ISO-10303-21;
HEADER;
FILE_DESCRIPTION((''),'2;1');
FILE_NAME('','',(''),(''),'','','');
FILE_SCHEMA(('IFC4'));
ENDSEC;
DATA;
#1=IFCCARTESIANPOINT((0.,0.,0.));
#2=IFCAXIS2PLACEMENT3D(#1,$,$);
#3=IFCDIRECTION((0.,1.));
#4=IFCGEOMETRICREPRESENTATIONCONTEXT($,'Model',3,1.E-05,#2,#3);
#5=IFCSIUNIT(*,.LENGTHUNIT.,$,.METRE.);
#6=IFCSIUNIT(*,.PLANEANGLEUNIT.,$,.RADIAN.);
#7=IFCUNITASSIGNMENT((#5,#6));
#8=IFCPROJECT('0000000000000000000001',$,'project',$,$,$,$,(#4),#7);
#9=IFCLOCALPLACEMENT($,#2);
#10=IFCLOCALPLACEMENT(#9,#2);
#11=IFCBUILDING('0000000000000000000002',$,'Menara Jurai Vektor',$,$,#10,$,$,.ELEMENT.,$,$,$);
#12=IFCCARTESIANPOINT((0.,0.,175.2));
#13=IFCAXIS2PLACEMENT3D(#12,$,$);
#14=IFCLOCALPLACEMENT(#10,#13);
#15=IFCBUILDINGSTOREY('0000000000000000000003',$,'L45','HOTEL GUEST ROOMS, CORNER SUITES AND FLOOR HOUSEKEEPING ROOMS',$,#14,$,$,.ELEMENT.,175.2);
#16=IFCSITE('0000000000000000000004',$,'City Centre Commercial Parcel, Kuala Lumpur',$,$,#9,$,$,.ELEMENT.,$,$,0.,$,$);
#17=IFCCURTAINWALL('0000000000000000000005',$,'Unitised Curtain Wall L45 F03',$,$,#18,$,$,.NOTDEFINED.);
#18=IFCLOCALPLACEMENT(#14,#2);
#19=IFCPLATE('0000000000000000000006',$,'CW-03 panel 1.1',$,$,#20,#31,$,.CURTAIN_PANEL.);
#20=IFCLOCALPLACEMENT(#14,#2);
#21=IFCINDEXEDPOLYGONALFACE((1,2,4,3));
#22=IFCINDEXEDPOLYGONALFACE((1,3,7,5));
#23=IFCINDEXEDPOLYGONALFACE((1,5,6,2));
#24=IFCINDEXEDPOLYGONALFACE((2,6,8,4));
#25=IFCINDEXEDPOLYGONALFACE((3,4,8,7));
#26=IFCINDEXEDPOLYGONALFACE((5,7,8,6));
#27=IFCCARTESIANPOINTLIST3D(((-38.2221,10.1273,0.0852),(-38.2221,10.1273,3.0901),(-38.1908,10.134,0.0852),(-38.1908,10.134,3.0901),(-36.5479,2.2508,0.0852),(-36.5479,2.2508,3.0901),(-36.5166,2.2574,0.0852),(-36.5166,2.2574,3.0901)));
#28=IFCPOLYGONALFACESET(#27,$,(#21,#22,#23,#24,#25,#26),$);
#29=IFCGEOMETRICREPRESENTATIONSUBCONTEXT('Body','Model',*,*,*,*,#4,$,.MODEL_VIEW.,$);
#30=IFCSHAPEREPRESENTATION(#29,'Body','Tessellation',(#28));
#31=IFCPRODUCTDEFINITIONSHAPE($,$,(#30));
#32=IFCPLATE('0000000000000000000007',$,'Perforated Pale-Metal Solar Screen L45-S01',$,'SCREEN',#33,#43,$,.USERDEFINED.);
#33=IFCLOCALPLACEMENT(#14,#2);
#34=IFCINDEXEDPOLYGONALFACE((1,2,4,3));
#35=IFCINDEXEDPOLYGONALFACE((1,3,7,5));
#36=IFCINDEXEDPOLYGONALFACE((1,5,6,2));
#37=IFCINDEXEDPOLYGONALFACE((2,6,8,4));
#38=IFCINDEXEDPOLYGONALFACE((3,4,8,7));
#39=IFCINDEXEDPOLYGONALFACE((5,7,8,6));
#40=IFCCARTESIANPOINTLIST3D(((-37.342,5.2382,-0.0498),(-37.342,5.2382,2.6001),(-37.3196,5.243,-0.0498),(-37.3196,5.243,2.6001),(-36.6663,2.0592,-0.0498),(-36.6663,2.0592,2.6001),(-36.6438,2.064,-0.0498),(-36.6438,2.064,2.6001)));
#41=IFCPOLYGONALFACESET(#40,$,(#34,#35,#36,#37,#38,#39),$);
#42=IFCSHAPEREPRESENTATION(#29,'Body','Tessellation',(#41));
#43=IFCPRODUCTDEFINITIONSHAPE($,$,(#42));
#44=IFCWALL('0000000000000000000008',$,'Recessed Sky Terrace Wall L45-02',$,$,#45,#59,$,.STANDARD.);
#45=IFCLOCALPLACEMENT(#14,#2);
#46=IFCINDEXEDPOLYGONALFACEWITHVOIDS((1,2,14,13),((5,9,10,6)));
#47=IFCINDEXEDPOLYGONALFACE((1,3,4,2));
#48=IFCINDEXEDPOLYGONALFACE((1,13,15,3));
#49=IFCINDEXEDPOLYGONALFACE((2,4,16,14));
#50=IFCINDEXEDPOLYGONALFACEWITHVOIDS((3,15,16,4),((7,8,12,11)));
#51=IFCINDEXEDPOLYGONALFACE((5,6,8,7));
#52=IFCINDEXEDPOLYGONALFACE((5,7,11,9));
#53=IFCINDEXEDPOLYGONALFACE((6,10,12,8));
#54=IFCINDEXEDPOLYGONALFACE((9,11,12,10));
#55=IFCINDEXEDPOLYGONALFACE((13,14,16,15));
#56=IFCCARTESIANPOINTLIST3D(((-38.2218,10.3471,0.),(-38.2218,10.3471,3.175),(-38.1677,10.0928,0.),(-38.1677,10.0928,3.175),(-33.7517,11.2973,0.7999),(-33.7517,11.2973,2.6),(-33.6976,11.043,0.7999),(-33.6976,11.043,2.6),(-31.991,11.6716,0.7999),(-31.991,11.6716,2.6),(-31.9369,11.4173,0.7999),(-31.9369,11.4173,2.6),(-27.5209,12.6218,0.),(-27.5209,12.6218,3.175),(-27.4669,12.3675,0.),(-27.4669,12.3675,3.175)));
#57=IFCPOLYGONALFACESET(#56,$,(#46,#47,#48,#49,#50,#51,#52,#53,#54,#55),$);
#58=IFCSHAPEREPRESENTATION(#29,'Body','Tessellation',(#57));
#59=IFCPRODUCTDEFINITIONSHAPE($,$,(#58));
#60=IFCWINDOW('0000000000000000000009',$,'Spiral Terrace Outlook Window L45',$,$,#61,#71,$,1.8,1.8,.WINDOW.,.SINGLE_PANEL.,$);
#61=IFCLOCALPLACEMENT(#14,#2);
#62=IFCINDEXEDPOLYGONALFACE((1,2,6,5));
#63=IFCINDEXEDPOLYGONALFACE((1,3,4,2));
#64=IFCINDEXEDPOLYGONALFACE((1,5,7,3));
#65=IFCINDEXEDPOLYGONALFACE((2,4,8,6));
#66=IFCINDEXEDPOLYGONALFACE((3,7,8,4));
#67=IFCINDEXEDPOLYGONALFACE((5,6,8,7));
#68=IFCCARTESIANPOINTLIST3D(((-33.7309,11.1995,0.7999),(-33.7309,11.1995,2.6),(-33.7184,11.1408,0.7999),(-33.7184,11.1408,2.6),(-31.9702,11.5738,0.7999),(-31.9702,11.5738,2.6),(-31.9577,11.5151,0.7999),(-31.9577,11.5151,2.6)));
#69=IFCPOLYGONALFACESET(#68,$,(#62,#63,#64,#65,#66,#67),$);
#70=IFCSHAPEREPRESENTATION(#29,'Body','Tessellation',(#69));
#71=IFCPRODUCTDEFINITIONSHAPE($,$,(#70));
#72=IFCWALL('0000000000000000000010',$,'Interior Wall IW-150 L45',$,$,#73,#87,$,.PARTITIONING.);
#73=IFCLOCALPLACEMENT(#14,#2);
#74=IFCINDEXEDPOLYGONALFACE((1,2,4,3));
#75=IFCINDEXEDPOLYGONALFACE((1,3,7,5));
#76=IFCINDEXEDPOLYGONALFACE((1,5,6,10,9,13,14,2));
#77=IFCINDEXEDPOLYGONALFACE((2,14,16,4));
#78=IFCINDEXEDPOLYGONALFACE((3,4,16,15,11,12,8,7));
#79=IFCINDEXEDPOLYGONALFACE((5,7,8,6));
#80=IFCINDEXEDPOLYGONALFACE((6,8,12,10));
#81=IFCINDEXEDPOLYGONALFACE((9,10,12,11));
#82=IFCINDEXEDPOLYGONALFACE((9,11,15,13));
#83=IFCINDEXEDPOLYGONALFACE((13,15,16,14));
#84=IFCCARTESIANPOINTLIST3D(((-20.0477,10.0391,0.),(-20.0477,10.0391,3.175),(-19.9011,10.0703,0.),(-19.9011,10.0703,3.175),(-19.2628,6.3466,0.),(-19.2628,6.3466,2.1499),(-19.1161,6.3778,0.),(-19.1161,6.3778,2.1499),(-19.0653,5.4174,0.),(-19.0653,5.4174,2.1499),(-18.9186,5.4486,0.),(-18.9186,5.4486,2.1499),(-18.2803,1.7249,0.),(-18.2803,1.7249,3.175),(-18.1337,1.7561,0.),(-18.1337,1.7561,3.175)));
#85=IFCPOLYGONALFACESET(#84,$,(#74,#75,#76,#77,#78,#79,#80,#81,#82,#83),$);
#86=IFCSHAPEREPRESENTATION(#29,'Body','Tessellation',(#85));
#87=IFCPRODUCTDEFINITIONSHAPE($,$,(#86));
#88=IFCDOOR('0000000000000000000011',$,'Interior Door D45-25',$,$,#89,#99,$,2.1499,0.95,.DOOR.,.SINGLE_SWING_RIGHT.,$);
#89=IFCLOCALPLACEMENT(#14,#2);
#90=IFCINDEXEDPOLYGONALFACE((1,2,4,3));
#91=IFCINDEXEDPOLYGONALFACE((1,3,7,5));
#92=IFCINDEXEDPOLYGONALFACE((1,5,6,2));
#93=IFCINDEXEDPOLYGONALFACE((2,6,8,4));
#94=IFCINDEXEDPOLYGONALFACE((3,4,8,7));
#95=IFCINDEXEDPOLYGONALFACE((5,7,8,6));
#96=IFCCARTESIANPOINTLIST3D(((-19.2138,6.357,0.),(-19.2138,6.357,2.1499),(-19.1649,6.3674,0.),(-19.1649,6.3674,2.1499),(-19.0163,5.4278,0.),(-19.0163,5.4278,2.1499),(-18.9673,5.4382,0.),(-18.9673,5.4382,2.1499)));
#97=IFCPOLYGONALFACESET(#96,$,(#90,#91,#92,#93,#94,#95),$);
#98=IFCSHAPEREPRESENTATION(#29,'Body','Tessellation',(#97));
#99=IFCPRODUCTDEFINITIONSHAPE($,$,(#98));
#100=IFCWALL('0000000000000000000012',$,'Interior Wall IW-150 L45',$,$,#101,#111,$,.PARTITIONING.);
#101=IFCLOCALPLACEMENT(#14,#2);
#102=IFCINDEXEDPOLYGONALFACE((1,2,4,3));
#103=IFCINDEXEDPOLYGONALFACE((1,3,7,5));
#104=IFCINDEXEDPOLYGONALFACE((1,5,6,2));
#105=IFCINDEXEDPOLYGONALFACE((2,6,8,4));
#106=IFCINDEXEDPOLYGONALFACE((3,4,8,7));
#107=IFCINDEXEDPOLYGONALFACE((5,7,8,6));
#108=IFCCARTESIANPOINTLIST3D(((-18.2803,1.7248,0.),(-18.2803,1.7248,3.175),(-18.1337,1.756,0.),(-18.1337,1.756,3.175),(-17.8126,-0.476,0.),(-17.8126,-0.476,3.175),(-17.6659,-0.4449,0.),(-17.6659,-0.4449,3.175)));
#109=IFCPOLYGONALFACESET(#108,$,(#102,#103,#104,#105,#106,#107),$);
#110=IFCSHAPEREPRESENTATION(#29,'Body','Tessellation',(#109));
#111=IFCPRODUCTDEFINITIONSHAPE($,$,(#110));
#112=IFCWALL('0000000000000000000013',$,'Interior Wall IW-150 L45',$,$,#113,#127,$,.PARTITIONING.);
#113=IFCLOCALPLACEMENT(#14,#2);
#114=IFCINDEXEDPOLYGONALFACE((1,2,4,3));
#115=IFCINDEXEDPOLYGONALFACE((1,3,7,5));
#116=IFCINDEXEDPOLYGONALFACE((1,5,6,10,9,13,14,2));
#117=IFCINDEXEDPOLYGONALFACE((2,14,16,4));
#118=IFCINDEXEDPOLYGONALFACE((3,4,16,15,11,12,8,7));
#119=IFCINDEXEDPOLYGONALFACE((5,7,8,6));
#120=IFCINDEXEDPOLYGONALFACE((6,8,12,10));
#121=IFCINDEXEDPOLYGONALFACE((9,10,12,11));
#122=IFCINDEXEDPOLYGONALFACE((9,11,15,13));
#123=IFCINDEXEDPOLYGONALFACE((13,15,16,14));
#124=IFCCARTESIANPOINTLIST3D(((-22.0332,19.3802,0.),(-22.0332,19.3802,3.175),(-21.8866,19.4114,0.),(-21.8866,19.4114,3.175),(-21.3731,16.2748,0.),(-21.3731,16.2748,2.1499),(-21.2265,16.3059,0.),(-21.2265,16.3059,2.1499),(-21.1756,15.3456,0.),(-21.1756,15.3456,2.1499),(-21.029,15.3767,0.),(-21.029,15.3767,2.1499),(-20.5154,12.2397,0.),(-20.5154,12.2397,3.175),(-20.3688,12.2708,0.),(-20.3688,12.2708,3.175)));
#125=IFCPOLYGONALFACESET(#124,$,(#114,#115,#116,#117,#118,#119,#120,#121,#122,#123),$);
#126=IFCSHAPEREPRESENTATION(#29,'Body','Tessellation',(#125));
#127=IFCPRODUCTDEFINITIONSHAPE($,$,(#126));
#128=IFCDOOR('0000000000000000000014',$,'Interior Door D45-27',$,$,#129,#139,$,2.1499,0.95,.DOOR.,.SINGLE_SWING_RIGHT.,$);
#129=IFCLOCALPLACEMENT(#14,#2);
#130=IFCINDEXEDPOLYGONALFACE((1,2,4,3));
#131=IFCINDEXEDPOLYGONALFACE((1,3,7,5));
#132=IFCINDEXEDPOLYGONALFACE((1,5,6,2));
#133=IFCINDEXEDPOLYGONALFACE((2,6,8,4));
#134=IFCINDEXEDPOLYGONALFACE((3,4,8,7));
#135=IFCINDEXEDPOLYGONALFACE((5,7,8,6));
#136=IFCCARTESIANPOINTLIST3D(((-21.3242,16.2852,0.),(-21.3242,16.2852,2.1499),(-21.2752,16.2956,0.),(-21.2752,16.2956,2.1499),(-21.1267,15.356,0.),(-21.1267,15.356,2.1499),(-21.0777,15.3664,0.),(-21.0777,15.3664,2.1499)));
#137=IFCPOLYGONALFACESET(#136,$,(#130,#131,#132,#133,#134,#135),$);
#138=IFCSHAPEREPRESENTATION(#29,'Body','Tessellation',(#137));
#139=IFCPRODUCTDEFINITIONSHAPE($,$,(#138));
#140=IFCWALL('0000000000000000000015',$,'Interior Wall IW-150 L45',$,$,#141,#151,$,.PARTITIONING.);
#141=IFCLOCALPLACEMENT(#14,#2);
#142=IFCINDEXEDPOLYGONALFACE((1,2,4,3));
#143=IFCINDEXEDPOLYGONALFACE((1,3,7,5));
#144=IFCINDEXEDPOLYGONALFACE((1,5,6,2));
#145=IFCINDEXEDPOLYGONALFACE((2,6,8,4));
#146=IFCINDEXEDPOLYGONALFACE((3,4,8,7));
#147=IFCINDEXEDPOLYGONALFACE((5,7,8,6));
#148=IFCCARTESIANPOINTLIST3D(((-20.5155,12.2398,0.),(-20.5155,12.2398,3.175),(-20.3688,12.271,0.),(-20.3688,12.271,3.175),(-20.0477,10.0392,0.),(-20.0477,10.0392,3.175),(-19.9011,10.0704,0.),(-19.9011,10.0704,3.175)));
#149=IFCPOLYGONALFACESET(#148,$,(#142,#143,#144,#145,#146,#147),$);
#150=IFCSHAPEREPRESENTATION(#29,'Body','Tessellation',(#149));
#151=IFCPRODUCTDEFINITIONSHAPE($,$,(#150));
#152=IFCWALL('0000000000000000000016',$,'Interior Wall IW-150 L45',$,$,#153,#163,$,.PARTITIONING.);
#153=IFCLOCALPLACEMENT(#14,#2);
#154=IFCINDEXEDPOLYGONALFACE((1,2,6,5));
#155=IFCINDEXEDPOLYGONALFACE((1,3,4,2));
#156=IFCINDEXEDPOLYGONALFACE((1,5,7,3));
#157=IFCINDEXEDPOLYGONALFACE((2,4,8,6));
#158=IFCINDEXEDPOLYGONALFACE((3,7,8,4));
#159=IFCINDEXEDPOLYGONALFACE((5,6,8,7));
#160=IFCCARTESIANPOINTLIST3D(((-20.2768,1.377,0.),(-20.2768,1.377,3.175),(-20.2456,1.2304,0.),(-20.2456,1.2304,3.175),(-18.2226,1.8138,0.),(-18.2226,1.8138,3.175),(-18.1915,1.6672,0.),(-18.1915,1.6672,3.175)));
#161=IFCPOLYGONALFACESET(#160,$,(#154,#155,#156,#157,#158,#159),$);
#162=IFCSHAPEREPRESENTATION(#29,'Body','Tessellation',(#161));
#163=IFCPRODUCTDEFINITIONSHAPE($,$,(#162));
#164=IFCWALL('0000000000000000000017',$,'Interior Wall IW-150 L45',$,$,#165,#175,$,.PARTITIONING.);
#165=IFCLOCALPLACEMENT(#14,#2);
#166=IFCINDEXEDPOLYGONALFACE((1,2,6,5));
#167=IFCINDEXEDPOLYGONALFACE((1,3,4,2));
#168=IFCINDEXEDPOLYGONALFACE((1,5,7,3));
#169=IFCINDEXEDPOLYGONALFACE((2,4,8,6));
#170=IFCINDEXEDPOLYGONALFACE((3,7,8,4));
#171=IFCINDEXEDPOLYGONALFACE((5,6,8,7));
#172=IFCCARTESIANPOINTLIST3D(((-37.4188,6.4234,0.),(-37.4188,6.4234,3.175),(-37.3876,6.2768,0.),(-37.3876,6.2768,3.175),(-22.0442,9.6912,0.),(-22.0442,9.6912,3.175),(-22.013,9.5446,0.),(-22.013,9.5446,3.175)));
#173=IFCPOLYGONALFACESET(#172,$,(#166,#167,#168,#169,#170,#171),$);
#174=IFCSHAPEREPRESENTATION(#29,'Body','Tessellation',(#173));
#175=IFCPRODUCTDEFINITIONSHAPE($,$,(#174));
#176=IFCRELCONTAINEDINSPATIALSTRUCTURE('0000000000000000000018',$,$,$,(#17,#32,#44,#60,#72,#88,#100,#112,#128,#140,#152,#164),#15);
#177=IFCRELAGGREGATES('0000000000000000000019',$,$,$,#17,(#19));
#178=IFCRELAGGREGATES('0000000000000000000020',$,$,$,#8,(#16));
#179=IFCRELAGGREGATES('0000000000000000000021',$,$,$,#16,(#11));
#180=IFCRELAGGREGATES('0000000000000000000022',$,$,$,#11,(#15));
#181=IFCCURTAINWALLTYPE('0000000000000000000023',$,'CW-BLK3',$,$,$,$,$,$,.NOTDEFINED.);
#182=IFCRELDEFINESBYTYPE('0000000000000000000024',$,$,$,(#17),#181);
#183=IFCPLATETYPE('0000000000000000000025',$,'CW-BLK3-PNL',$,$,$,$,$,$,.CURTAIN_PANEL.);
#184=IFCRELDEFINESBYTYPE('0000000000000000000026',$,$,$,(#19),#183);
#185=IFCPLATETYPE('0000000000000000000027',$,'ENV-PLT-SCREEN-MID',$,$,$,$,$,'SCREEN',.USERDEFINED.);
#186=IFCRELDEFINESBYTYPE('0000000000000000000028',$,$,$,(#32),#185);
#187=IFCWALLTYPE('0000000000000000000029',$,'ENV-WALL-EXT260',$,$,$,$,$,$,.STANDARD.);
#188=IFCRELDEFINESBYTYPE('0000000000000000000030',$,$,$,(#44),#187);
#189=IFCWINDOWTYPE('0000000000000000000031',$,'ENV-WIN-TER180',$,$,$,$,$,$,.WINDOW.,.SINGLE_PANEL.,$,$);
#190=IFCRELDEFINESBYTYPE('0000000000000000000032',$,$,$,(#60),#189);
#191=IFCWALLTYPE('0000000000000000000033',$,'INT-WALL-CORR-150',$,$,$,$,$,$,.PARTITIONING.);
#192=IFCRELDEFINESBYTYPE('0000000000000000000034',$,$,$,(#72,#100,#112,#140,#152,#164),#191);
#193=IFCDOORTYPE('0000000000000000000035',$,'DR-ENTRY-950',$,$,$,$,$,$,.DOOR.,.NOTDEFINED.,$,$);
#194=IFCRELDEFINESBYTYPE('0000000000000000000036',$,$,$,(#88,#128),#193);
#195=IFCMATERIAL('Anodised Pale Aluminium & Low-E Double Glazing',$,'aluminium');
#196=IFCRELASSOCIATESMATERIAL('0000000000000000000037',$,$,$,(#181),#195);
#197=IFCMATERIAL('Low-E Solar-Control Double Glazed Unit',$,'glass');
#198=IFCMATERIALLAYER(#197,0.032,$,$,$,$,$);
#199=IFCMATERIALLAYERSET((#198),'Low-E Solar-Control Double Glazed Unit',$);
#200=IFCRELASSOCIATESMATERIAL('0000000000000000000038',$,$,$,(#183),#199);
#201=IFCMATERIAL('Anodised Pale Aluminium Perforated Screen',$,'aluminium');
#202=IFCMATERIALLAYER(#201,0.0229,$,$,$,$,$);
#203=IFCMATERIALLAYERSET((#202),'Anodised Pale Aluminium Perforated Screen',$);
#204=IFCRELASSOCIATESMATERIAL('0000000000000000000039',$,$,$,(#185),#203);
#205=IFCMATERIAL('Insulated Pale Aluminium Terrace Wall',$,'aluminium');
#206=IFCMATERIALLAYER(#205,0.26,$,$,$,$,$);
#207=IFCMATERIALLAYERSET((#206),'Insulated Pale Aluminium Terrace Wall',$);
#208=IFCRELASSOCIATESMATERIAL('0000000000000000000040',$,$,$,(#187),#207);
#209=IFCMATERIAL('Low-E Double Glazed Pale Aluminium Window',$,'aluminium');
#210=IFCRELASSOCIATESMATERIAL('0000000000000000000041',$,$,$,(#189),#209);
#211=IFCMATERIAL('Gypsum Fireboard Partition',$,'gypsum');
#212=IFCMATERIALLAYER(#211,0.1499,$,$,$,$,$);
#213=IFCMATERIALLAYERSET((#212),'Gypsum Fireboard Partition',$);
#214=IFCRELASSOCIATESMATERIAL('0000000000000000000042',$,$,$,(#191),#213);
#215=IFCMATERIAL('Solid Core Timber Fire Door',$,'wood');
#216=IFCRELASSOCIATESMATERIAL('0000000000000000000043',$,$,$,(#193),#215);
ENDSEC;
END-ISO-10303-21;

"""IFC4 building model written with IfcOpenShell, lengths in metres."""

from ifc_helpers import new_model, si_unit, direction, frame, frame_2d, origin, origin_2d, place, context, subcontext, project, spatial, rectangle, extrude, material, layer, layer_set, type_object, element, fill, aggregate, save


model = new_model("IFC4")

# Units and contexts
model_context = context("Model", 3, precision=1e-05, world=origin(), true_north=direction((0.0, 1.0)))
body_context = subcontext(model_context, "Body", "Model", "MODEL_VIEW")
ifc_project = project(units=[si_unit("LENGTHUNIT", "METRE"), si_unit("PLANEANGLEUNIT", "RADIAN")], contexts=[model_context])

# Site, building, storey
site_placement = place(None, origin())
site = spatial("IfcSite", under=ifc_project, at=site_placement, Name="City Centre Commercial Parcel, Kuala Lumpur", CompositionType="ELEMENT", RefElevation=0.0)
building_placement = place(site_placement, origin())
building = spatial("IfcBuilding", under=site, at=building_placement, Name="Menara Jurai Vektor", CompositionType="ELEMENT")
storey_placement = place(building_placement, frame((0.0, 0.0, 175.2)))
storey = spatial("IfcBuildingStorey", under=building, at=storey_placement, Name="L45", Description="HOTEL GUEST ROOMS, CORNER SUITES AND FLOOR HOUSEKEEPING ROOMS", CompositionType="ELEMENT", Elevation=175.2)

# Curtain wall
ifc_material_1 = material(Name="Anodised Pale Aluminium & Low-E Double Glazing", Category="aluminium")
curtain_wall_type = type_object("IfcCurtainWallType", Name="CW-BLK3", PredefinedType="NOTDEFINED", material=ifc_material_1)
curtain_wall_placement = place(storey_placement, origin())
curtain_wall = element("IfcCurtainWall", 1, at=curtain_wall_placement, inside=storey, type_object=curtain_wall_type, Name="Unitised Curtain Wall L45 F03", PredefinedType="NOTDEFINED")

# Plates
ifc_material_2 = material(Name="Low-E Solar-Control Double Glazed Unit", Category="glass")
ifc_layer_1 = layer(ifc_material_2, 0.032)
ifc_layer_set_1 = layer_set([ifc_layer_1], Name="Low-E Solar-Control Double Glazed Unit")
plate_type_1 = type_object("IfcPlateType", Name="CW-BLK3-PNL", PredefinedType="CURTAIN_PANEL", material=ifc_layer_set_1)
plate_1_placement = place(storey_placement, frame((-37.3694, 6.1924, 0.0852), z_axis=(0.0, 0.0, 1.0), x_axis=(0.20791, -0.978148, 0.0)))
plate_1 = element("IfcPlate", 2, at=plate_1_placement, type_object=plate_type_1, Name="CW-03 panel 1.1", PredefinedType="CURTAIN_PANEL", context=body_context, shape_type="SweptSolid", body=[
    extrude(rectangle(XDim=8.0525, YDim=0.032, at=origin_2d()), origin(), (0.0, 0.0, 1.0), 3.0049),
])
aggregate(curtain_wall, [plate_1])
ifc_material_3 = material(Name="Anodised Pale Aluminium Perforated Screen", Category="aluminium")
ifc_layer_2 = layer(ifc_material_3, 0.0229)
ifc_layer_set_2 = layer_set([ifc_layer_2], Name="Anodised Pale Aluminium Perforated Screen")
plate_type_2 = type_object("IfcPlateType", Name="ENV-PLT-SCREEN-MID", ElementType="SCREEN", PredefinedType="USERDEFINED", material=ifc_layer_set_2)
plate_2_placement = place(storey_placement, frame((-36.9929, 3.6511, -0.0498), z_axis=(0.0, 0.0, 1.0), x_axis=(0.207912, -0.978148, 0.0)))
element("IfcPlate", 3, at=plate_2_placement, inside=storey, type_object=plate_type_2, Name="Perforated Pale-Metal Solar Screen L45-S01", ObjectType="SCREEN", PredefinedType="USERDEFINED", context=body_context, shape_type="SweptSolid", body=[
    extrude(rectangle(XDim=3.25, YDim=0.0229, at=origin_2d()), origin(), (0.0, 0.0, 1.0), 2.6499),
])

# Wall, opening, window
ifc_material_4 = material(Name="Insulated Pale Aluminium Terrace Wall", Category="aluminium")
ifc_layer_3 = layer(ifc_material_4, 0.26)
ifc_layer_set_3 = layer_set([ifc_layer_3], Name="Insulated Pale Aluminium Terrace Wall")
wall_type_1 = type_object("IfcWallType", Name="ENV-WALL-EXT260", PredefinedType="STANDARD", material=ifc_layer_set_3)
wall_1_placement = place(storey_placement, frame((-27.4939, 12.4946, 0.0), z_axis=(0.0, 0.0, 1.0), x_axis=(-0.978146, -0.207921, 0.0)))
wall_1 = element("IfcWall", 4, at=wall_1_placement, inside=storey, type_object=wall_type_1, Name="Recessed Sky Terrace Wall L45-02", PredefinedType="STANDARD", context=body_context, shape_type="SweptSolid", body=[
    extrude(rectangle(XDim=10.9399, YDim=0.26, at=frame_2d((5.47, 0.0))), origin(), (0.0, 0.0, 1.0), 3.175),
])
opening_1_placement = place(wall_1_placement, frame((4.5701, 0.0, 0.8)))
opening_1 = element("IfcOpeningElement", 5, at=opening_1_placement, cuts=wall_1, PredefinedType="OPENING", context=body_context, shape_type="SweptSolid", body=[
    extrude(rectangle(XDim=1.8, YDim=1.8, at=frame_2d((0.8999, 0.8999))), frame((0.0, 0.1401, 0.0), z_axis=(0.0, -1.0, 0.0), x_axis=(1.0, 0.0, 0.0)), (0.0, 0.0, 1.0), 0.28),
])
ifc_material_5 = material(Name="Low-E Double Glazed Pale Aluminium Window", Category="aluminium")
window_type = type_object("IfcWindowType", Name="ENV-WIN-TER180", PartitioningType="SINGLE_PANEL", PredefinedType="WINDOW", material=ifc_material_5)
window_placement = place(opening_1_placement, origin())
window = element("IfcWindow", 6, at=window_placement, inside=storey, type_object=window_type, Name="Spiral Terrace Outlook Window L45", OverallHeight=1.8, OverallWidth=1.8, PartitioningType="SINGLE_PANEL", PredefinedType="WINDOW", context=body_context, shape_type="SweptSolid", body=[
    extrude(rectangle(XDim=1.8, YDim=1.8, at=frame_2d((0.8999, 0.8999))), frame((0.0, 0.03, 0.0), z_axis=(0.0, -1.0, 0.0), x_axis=(1.0, 0.0, 0.0)), (0.0, 0.0, 1.0), 0.0601),
])
fill(opening_1, window)

# Wall, opening, door
ifc_material_6 = material(Name="Gypsum Fireboard Partition", Category="gypsum")
ifc_layer_4 = layer(ifc_material_6, 0.1499)
ifc_layer_set_4 = layer_set([ifc_layer_4], Name="Gypsum Fireboard Partition")
wall_type_2 = type_object("IfcWallType", Name="INT-WALL-CORR-150", PredefinedType="PARTITIONING", material=ifc_layer_set_4)
wall_2_placement = place(storey_placement, frame((-18.207, 1.7405, 0.0), z_axis=(0.0, 0.0, 1.0), x_axis=(-0.207922, 0.978145, 0.0)))
wall_2 = element("IfcWall", 7, at=wall_2_placement, inside=storey, type_object=wall_type_2, Name="Interior Wall IW-150 L45", PredefinedType="PARTITIONING", context=body_context, shape_type="SweptSolid", body=[
    extrude(rectangle(XDim=8.5, YDim=0.1499, at=frame_2d((4.25, 0.0))), origin(), (0.0, 0.0, 1.0), 3.175),
])
opening_2_placement = place(wall_2_placement, frame((3.7749, 0.0, 0.0)))
opening_2 = element("IfcOpeningElement", 8, at=opening_2_placement, cuts=wall_2, PredefinedType="OPENING", context=body_context, shape_type="SweptSolid", body=[
    extrude(rectangle(XDim=0.95, YDim=2.1499, at=frame_2d((0.4751, 1.075))), frame((0.0, 0.085, 0.0), z_axis=(0.0, -1.0, 0.0), x_axis=(1.0, 0.0, 0.0)), (0.0, 0.0, 1.0), 0.1699),
])
ifc_material_7 = material(Name="Solid Core Timber Fire Door", Category="wood")
door_type_1 = type_object("IfcDoorType", Name="DR-ENTRY-950", OperationType="NOTDEFINED", PredefinedType="DOOR", material=ifc_material_7)
door_1_placement = place(opening_2_placement, origin())
door_1 = element("IfcDoor", 9, at=door_1_placement, inside=storey, type_object=door_type_1, Name="Interior Door D45-25", OperationType="SINGLE_SWING_RIGHT", OverallHeight=2.1499, OverallWidth=0.95, PredefinedType="DOOR", context=body_context, shape_type="SweptSolid", body=[
    extrude(rectangle(XDim=0.95, YDim=2.1499, at=frame_2d((0.4751, 1.075))), frame((0.0, 0.0249, 0.0), z_axis=(0.0, -1.0, 0.0), x_axis=(1.0, 0.0, 0.0)), (0.0, 0.0, 1.0), 0.05),
])
fill(opening_2, door_1)

# Wall
wall_3_placement = place(storey_placement, frame((-17.7393, -0.4604, 0.0), z_axis=(0.0, 0.0, 1.0), x_axis=(-0.207891, 0.978152, 0.0)))
element("IfcWall", 10, at=wall_3_placement, inside=storey, type_object=wall_type_2, Name="Interior Wall IW-150 L45", PredefinedType="PARTITIONING", context=body_context, shape_type="SweptSolid", body=[
    extrude(rectangle(XDim=2.25, YDim=0.1499, at=frame_2d((1.125, 0.0))), origin(), (0.0, 0.0, 1.0), 3.175),
])

# Wall, opening, door
wall_4_placement = place(storey_placement, frame((-20.4421, 12.2554, 0.0), z_axis=(0.0, 0.0, 1.0), x_axis=(-0.207916, 0.978147, 0.0)))
wall_4 = element("IfcWall", 11, at=wall_4_placement, inside=storey, type_object=wall_type_2, Name="Interior Wall IW-150 L45", PredefinedType="PARTITIONING", context=body_context, shape_type="SweptSolid", body=[
    extrude(rectangle(XDim=7.3, YDim=0.1499, at=frame_2d((3.6499, 0.0))), origin(), (0.0, 0.0, 1.0), 3.175),
])
opening_3_placement = place(wall_4_placement, frame((3.175, 0.0, 0.0)))
opening_3 = element("IfcOpeningElement", 12, at=opening_3_placement, cuts=wall_4, PredefinedType="OPENING", context=body_context, shape_type="SweptSolid", body=[
    extrude(rectangle(XDim=0.95, YDim=2.1499, at=frame_2d((0.4751, 1.075))), frame((0.0, 0.085, 0.0), z_axis=(0.0, -1.0, 0.0), x_axis=(1.0, 0.0, 0.0)), (0.0, 0.0, 1.0), 0.1699),
])
door_2_placement = place(opening_3_placement, origin())
door_2 = element("IfcDoor", 13, at=door_2_placement, inside=storey, type_object=door_type_1, Name="Interior Door D45-27", OperationType="SINGLE_SWING_RIGHT", OverallHeight=2.1499, OverallWidth=0.95, PredefinedType="DOOR", context=body_context, shape_type="SweptSolid", body=[
    extrude(rectangle(XDim=0.95, YDim=2.1499, at=frame_2d((0.4751, 1.075))), frame((0.0, 0.0249, 0.0), z_axis=(0.0, -1.0, 0.0), x_axis=(1.0, 0.0, 0.0)), (0.0, 0.0, 1.0), 0.05),
])
fill(opening_3, door_2)

# Wall
wall_5_placement = place(storey_placement, frame((-19.9744, 10.0547, 0.0), z_axis=(0.0, 0.0, 1.0), x_axis=(-0.207913, 0.978147, 0.0)))
element("IfcWall", 14, at=wall_5_placement, inside=storey, type_object=wall_type_2, Name="Interior Wall IW-150 L45", PredefinedType="PARTITIONING", context=body_context, shape_type="SweptSolid", body=[
    extrude(rectangle(XDim=2.2498, YDim=0.1499, at=frame_2d((1.125, 0.0))), origin(), (0.0, 0.0, 1.0), 3.175),
])

# Walls
wall_6_placement = place(storey_placement, frame((-20.2612, 1.3037, 0.0), z_axis=(0.0, 0.0, 1.0), x_axis=(0.978135, 0.207973, 0.0)))
element("IfcWall", 15, at=wall_6_placement, inside=storey, type_object=wall_type_2, Name="Interior Wall IW-150 L45", PredefinedType="PARTITIONING", context=body_context, shape_type="SweptSolid", body=[
    extrude(rectangle(XDim=2.1001, YDim=0.1499, at=frame_2d((1.05, 0.0))), origin(), (0.0, 0.0, 1.0), 3.175),
])
wall_7_placement = place(storey_placement, frame((-37.4031, 6.3501, 0.0), z_axis=(0.0, 0.0, 1.0), x_axis=(0.978149, 0.207904, 0.0)))
element("IfcWall", 16, at=wall_7_placement, inside=storey, type_object=wall_type_2, Name="Interior Wall IW-150 L45", PredefinedType="PARTITIONING", context=body_context, shape_type="SweptSolid", body=[
    extrude(rectangle(XDim=15.718, YDim=0.1499, at=frame_2d((7.8589, 0.0))), origin(), (0.0, 0.0, 1.0), 3.175),
])

save(model, "model.ifc")
